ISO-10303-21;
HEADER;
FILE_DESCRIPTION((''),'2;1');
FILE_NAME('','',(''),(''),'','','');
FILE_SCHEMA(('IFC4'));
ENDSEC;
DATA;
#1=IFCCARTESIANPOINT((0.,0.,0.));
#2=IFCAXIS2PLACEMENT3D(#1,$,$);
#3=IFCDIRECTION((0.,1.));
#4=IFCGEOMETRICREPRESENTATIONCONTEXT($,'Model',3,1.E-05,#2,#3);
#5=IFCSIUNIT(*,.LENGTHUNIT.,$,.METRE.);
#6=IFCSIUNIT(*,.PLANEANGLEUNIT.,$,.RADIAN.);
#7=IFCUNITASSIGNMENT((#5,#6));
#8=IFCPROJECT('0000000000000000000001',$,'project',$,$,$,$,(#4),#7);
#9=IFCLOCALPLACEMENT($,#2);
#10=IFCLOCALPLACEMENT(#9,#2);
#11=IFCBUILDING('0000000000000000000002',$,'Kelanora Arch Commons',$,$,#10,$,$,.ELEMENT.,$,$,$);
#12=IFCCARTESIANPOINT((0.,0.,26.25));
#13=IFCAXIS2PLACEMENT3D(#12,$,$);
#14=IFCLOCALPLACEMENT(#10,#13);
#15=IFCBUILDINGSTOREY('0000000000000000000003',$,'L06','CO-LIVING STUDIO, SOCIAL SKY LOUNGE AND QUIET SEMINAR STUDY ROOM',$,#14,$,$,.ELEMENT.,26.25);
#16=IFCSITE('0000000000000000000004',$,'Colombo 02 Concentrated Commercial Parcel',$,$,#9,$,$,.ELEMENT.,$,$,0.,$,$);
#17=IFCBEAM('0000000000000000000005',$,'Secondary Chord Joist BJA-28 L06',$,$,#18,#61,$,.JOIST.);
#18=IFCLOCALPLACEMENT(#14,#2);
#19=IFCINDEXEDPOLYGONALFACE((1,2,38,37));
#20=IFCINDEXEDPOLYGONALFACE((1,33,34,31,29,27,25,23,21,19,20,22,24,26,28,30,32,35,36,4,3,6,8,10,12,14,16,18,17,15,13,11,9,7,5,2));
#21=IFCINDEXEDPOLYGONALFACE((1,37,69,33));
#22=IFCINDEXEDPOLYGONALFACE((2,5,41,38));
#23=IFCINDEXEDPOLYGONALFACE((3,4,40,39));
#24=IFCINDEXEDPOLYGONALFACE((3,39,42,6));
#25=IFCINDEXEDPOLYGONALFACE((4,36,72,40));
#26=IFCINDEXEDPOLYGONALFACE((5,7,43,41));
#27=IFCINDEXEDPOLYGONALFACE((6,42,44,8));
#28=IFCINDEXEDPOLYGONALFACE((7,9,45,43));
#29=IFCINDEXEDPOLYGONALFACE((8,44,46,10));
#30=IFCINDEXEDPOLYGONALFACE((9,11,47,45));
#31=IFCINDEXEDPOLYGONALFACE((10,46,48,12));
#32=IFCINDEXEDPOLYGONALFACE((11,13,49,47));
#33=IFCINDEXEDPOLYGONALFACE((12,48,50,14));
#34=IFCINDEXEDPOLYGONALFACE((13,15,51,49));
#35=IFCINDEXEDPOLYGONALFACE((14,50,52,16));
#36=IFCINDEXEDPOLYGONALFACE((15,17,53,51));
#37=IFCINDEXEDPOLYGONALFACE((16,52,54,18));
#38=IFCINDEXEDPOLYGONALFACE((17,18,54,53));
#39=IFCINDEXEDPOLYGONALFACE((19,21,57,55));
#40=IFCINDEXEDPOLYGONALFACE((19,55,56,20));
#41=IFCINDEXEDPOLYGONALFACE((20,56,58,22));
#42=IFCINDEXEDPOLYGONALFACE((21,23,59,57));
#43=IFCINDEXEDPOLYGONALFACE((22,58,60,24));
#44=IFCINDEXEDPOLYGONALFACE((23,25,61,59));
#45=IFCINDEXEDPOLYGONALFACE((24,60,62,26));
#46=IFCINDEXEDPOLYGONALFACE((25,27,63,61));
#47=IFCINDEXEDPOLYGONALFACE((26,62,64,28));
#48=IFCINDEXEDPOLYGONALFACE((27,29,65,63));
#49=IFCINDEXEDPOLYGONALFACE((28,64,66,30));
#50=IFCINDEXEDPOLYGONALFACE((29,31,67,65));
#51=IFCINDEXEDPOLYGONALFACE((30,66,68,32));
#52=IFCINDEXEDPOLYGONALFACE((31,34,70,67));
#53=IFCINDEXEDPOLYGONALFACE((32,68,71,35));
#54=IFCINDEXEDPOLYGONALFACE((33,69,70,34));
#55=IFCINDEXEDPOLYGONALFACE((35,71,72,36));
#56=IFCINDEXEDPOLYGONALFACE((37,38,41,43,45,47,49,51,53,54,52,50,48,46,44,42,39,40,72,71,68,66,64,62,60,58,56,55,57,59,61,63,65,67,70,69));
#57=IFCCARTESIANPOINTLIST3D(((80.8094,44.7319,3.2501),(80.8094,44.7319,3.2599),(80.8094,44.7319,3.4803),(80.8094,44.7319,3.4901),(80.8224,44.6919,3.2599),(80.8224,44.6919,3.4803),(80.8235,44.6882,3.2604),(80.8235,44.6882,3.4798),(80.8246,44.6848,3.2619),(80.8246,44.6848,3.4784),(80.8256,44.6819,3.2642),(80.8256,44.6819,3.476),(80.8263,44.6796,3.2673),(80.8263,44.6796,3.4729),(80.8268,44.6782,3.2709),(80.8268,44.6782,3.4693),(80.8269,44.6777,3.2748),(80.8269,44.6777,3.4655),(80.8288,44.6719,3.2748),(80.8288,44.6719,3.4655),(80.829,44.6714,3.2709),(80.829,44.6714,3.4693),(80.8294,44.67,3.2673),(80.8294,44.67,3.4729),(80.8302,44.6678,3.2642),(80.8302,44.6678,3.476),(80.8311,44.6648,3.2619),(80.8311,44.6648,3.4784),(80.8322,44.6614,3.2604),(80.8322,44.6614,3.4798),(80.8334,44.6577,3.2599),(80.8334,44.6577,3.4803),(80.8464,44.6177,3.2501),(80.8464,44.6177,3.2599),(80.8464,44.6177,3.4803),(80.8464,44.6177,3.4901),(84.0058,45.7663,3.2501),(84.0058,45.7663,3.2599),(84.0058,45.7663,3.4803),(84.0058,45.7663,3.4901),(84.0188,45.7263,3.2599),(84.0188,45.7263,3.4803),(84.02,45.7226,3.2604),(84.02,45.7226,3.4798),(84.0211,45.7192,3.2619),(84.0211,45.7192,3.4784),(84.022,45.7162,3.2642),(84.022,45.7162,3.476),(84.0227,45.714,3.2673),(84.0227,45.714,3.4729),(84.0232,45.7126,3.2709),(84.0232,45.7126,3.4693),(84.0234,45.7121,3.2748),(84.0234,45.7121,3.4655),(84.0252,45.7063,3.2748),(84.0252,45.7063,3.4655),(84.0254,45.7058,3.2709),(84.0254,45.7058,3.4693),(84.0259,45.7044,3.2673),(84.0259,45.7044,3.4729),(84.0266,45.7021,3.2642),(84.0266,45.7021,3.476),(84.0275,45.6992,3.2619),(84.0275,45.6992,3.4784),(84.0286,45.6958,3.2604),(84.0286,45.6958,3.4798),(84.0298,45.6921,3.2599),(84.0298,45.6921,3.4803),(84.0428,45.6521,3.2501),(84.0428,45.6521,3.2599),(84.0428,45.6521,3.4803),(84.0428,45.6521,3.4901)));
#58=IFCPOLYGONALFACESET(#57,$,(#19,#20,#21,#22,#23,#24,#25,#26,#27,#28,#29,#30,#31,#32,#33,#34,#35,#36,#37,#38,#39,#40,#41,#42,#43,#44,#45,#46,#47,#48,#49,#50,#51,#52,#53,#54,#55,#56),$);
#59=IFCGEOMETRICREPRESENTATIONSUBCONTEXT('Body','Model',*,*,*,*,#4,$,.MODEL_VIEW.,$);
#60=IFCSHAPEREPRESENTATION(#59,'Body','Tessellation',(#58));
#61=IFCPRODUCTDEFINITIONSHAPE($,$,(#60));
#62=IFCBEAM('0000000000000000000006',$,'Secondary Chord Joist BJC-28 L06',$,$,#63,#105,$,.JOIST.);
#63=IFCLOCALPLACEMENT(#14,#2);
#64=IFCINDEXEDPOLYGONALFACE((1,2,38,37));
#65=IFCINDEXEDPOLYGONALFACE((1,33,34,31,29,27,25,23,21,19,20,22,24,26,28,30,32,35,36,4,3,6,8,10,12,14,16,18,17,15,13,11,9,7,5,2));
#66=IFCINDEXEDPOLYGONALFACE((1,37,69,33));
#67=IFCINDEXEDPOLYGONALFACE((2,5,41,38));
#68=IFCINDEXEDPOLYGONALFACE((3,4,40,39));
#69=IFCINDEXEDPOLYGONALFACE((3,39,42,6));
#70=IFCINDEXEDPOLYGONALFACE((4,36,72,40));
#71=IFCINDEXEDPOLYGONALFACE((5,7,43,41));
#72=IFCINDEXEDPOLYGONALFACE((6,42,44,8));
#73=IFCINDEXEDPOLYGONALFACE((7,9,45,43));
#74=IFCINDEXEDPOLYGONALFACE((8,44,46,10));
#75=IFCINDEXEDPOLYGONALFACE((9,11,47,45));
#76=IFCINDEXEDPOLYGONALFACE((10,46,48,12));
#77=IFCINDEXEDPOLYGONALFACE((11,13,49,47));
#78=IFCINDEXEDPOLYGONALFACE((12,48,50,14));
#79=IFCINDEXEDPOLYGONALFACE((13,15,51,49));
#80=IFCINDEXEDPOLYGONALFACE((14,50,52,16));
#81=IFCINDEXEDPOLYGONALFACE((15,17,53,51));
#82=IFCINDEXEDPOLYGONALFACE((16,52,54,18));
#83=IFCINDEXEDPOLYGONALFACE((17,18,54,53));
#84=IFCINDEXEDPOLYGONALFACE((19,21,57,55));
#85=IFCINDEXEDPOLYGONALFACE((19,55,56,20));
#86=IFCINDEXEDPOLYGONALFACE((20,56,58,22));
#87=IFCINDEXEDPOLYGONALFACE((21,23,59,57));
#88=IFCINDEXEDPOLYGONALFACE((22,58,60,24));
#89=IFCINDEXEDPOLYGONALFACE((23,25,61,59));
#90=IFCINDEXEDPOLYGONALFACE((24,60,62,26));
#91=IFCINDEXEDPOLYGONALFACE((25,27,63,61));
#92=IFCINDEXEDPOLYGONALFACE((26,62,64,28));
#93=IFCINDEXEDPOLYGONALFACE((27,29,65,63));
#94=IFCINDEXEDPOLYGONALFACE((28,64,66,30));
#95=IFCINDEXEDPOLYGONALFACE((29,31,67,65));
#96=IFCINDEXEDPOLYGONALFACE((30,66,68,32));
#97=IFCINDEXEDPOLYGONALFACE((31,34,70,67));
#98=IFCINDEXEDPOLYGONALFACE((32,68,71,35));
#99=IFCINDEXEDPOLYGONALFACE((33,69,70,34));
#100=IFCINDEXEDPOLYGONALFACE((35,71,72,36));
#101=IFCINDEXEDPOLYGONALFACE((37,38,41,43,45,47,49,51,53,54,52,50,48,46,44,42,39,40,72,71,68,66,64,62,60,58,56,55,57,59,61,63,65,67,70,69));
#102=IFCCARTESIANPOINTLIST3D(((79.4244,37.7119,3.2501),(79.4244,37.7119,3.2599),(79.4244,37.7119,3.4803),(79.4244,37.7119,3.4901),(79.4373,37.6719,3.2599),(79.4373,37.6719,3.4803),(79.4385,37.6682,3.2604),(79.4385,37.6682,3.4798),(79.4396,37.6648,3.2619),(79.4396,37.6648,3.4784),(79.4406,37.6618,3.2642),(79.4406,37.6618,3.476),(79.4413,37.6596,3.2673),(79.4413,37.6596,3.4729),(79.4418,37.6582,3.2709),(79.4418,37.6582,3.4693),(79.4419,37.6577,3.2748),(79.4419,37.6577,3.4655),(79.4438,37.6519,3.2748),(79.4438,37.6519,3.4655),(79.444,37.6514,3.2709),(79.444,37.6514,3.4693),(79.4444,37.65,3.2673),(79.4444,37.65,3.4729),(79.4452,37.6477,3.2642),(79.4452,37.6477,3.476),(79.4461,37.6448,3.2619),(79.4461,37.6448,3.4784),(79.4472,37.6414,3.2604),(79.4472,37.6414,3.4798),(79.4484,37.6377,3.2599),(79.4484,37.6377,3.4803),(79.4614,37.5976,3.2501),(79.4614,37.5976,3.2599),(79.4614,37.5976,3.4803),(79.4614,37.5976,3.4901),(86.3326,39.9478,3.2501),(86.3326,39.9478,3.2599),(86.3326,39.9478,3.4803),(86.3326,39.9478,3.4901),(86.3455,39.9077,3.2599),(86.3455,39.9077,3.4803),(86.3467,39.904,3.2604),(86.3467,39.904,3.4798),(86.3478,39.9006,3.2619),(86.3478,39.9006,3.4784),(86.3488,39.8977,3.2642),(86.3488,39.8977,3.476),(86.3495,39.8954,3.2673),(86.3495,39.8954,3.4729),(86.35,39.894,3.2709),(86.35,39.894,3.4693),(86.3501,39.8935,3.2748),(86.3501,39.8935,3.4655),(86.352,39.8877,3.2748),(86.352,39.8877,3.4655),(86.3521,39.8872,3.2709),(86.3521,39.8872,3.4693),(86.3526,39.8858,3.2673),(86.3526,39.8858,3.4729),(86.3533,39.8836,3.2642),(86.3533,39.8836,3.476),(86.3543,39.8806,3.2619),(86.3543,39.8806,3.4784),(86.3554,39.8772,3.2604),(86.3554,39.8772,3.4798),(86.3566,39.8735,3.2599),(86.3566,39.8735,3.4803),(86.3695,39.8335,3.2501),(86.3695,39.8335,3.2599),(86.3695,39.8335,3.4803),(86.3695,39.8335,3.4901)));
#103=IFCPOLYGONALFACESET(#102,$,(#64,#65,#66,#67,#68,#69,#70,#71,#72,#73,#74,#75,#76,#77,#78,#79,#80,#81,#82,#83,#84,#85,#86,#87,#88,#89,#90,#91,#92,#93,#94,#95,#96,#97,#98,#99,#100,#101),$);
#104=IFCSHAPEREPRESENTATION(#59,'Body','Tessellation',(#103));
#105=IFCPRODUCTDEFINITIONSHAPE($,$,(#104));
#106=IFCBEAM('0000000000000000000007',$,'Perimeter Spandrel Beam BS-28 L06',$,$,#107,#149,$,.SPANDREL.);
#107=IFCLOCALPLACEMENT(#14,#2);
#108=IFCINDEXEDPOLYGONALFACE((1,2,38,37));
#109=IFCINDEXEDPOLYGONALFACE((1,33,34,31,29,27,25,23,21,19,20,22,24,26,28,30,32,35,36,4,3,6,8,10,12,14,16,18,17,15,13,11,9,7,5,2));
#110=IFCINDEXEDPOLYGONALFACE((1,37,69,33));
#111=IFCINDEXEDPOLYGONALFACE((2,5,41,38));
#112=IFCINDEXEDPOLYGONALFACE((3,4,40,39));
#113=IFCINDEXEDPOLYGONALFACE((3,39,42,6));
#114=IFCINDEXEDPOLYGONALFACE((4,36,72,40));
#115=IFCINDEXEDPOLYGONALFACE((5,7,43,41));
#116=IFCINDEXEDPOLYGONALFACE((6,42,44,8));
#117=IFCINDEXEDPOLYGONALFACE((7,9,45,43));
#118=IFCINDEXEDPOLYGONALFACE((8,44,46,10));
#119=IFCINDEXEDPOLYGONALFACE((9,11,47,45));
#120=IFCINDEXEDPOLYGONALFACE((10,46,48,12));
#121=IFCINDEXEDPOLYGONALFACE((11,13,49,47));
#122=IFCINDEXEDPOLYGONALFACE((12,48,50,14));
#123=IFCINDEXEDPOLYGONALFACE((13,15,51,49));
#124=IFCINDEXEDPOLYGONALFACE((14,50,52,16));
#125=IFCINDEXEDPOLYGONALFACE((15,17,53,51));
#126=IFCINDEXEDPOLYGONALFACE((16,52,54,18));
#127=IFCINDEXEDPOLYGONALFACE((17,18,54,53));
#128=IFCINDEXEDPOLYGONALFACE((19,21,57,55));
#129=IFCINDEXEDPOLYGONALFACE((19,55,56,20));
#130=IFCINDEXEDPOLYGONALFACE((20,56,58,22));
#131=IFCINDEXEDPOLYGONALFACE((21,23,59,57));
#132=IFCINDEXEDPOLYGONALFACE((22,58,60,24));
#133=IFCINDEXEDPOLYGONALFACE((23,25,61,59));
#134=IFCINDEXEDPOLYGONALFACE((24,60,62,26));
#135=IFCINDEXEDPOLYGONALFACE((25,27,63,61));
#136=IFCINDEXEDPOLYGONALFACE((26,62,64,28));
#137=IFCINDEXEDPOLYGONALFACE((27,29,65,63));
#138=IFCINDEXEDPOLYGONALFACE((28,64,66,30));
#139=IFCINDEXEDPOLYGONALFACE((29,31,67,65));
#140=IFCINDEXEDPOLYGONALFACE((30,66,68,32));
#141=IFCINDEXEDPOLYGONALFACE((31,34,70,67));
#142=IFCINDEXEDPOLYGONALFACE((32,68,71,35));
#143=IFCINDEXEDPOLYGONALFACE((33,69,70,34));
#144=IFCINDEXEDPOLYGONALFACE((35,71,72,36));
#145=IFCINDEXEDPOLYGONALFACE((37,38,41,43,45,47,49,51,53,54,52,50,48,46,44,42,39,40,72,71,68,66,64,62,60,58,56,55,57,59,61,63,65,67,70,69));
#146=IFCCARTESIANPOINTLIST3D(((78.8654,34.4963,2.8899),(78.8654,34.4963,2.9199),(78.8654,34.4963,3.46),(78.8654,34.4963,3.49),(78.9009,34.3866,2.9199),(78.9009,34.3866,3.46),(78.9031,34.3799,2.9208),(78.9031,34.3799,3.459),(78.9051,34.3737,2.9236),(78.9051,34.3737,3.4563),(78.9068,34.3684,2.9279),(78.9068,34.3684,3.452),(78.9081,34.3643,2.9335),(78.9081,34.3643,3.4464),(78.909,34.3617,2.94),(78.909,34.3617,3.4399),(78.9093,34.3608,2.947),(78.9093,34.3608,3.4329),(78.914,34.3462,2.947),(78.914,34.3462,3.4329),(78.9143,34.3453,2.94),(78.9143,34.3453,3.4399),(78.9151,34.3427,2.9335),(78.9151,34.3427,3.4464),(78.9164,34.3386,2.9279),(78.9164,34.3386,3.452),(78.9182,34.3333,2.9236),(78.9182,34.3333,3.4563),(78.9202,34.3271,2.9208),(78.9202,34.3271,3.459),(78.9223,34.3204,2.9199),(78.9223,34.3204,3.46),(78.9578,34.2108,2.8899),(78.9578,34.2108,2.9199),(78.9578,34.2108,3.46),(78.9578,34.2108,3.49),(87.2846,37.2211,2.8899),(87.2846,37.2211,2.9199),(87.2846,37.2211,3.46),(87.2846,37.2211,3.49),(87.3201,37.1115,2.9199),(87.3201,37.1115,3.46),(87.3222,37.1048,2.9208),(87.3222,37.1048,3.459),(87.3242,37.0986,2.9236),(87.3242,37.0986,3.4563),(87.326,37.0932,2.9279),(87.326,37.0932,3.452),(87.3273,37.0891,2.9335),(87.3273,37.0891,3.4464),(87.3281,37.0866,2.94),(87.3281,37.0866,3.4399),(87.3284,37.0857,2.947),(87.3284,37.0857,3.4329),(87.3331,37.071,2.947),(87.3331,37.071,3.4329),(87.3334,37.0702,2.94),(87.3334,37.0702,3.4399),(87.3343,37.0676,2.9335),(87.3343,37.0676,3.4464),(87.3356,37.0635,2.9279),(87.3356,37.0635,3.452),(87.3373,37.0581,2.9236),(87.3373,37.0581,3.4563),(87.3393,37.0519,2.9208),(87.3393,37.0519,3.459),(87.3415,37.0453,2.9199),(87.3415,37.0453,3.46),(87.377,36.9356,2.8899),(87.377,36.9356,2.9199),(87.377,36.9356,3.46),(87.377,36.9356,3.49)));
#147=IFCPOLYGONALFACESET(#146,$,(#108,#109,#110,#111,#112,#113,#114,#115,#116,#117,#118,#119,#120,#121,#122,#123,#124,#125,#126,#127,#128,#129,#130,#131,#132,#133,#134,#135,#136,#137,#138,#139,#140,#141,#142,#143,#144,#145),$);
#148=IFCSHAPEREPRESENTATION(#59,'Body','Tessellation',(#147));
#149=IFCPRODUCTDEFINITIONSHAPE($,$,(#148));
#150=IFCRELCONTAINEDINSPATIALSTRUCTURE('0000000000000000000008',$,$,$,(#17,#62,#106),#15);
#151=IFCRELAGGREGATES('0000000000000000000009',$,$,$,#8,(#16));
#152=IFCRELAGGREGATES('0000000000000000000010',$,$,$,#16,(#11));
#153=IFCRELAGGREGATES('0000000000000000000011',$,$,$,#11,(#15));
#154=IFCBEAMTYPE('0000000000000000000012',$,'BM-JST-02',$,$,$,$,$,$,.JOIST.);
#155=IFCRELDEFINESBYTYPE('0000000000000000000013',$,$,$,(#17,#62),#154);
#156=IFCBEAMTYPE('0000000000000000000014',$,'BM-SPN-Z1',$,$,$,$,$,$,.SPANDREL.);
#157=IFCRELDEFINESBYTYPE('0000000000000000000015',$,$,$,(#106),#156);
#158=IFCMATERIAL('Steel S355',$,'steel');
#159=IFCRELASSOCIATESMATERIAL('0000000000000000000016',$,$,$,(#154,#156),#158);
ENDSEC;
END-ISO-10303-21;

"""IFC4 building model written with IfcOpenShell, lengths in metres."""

from ifc_helpers import new_model, si_unit, direction, frame, origin, origin_2d, place, context, subcontext, project, spatial, i_section, extrude, material, material_profile, profile_set, type_object, element, save


model = new_model("IFC4")

# Units and contexts
model_context = context("Model", 3, precision=1e-05, world=origin(), true_north=direction((0.0, 1.0)))
body_context = subcontext(model_context, "Body", "Model", "MODEL_VIEW")
ifc_project = project(units=[si_unit("LENGTHUNIT", "METRE"), si_unit("PLANEANGLEUNIT", "RADIAN")], contexts=[model_context])

# Site, building, storey
site_placement = place(None, origin())
site = spatial("IfcSite", under=ifc_project, at=site_placement, Name="Colombo 02 Concentrated Commercial Parcel", CompositionType="ELEMENT", RefElevation=0.0)
building_placement = place(site_placement, origin())
building = spatial("IfcBuilding", under=site, at=building_placement, Name="Kelanora Arch Commons", CompositionType="ELEMENT")
storey_placement = place(building_placement, frame((0.0, 0.0, 26.25)))
storey = spatial("IfcBuildingStorey", under=building, at=storey_placement, Name="L06", Description="CO-LIVING STUDIO, SOCIAL SKY LOUNGE AND QUIET SEMINAR STUDY ROOM", CompositionType="ELEMENT", Elevation=26.25)

# Beams
ifc_material_1 = material(Name="Steel S355", Category="steel")
ifc_material_profile_1 = material_profile(ifc_material_1, i_section(OverallWidth=0.1201, OverallDepth=0.24, WebThickness=0.0061, FlangeThickness=0.0098, FilletRadius=0.0149, at=origin_2d()), Name="IPE240")
ifc_profile_set_1 = profile_set([ifc_material_profile_1], Name="Steel S355")
beam_type_1 = type_object("IfcBeamType", Name="BM-JST-02", PredefinedType="JOIST", material=ifc_profile_set_1)
beam_1_placement = place(storey_placement, frame((80.8279, 44.6748, 3.3701), z_axis=(0.951423, 0.307888, 0.0), x_axis=(-0.307888, 0.951423, 0.0)))
element("IfcBeam", 1, at=beam_1_placement, inside=storey, type_object=beam_type_1, Name="Secondary Chord Joist BJA-28 L06", PredefinedType="JOIST", context=body_context, shape_type="SweptSolid", body=[
    extrude(i_section(OverallWidth=0.1201, OverallDepth=0.24, WebThickness=0.0061, FlangeThickness=0.0098, FilletRadius=0.0149, at=origin_2d()), origin(), (0.0, 0.0, 1.0), 3.3596),
])
beam_2_placement = place(storey_placement, frame((79.4429, 37.6548, 3.3701), z_axis=(0.951411, 0.307924, 0.0), x_axis=(-0.307924, 0.951411, 0.0)))
element("IfcBeam", 2, at=beam_2_placement, inside=storey, type_object=beam_type_1, Name="Secondary Chord Joist BJC-28 L06", PredefinedType="JOIST", context=body_context, shape_type="SweptSolid", body=[
    extrude(i_section(OverallWidth=0.1201, OverallDepth=0.24, WebThickness=0.0061, FlangeThickness=0.0098, FilletRadius=0.0149, at=origin_2d()), origin(), (0.0, 0.0, 1.0), 7.261),
])
ifc_material_profile_2 = material_profile(ifc_material_1, i_section(OverallWidth=0.3, OverallDepth=0.6001, WebThickness=0.0154, FlangeThickness=0.03, FilletRadius=0.0271, at=origin_2d()), Name="HEB600")
ifc_profile_set_2 = profile_set([ifc_material_profile_2], Name="Steel S355")
beam_type_2 = type_object("IfcBeamType", Name="BM-SPN-Z1", PredefinedType="SPANDREL", material=ifc_profile_set_2)
beam_3_placement = place(storey_placement, frame((78.9116, 34.3535, 3.1899), z_axis=(0.951411, 0.307922, 0.0), x_axis=(-0.307922, 0.951411, 0.0)))
element("IfcBeam", 3, at=beam_3_placement, inside=storey, type_object=beam_type_2, Name="Perimeter Spandrel Beam BS-28 L06", PredefinedType="SPANDREL", context=body_context, shape_type="SweptSolid", body=[
    extrude(i_section(OverallWidth=0.3, OverallDepth=0.6001, WebThickness=0.0154, FlangeThickness=0.03, FilletRadius=0.0271, at=origin_2d()), origin(), (0.0, 0.0, 1.0), 8.8491),
])

save(model, "model.ifc")
